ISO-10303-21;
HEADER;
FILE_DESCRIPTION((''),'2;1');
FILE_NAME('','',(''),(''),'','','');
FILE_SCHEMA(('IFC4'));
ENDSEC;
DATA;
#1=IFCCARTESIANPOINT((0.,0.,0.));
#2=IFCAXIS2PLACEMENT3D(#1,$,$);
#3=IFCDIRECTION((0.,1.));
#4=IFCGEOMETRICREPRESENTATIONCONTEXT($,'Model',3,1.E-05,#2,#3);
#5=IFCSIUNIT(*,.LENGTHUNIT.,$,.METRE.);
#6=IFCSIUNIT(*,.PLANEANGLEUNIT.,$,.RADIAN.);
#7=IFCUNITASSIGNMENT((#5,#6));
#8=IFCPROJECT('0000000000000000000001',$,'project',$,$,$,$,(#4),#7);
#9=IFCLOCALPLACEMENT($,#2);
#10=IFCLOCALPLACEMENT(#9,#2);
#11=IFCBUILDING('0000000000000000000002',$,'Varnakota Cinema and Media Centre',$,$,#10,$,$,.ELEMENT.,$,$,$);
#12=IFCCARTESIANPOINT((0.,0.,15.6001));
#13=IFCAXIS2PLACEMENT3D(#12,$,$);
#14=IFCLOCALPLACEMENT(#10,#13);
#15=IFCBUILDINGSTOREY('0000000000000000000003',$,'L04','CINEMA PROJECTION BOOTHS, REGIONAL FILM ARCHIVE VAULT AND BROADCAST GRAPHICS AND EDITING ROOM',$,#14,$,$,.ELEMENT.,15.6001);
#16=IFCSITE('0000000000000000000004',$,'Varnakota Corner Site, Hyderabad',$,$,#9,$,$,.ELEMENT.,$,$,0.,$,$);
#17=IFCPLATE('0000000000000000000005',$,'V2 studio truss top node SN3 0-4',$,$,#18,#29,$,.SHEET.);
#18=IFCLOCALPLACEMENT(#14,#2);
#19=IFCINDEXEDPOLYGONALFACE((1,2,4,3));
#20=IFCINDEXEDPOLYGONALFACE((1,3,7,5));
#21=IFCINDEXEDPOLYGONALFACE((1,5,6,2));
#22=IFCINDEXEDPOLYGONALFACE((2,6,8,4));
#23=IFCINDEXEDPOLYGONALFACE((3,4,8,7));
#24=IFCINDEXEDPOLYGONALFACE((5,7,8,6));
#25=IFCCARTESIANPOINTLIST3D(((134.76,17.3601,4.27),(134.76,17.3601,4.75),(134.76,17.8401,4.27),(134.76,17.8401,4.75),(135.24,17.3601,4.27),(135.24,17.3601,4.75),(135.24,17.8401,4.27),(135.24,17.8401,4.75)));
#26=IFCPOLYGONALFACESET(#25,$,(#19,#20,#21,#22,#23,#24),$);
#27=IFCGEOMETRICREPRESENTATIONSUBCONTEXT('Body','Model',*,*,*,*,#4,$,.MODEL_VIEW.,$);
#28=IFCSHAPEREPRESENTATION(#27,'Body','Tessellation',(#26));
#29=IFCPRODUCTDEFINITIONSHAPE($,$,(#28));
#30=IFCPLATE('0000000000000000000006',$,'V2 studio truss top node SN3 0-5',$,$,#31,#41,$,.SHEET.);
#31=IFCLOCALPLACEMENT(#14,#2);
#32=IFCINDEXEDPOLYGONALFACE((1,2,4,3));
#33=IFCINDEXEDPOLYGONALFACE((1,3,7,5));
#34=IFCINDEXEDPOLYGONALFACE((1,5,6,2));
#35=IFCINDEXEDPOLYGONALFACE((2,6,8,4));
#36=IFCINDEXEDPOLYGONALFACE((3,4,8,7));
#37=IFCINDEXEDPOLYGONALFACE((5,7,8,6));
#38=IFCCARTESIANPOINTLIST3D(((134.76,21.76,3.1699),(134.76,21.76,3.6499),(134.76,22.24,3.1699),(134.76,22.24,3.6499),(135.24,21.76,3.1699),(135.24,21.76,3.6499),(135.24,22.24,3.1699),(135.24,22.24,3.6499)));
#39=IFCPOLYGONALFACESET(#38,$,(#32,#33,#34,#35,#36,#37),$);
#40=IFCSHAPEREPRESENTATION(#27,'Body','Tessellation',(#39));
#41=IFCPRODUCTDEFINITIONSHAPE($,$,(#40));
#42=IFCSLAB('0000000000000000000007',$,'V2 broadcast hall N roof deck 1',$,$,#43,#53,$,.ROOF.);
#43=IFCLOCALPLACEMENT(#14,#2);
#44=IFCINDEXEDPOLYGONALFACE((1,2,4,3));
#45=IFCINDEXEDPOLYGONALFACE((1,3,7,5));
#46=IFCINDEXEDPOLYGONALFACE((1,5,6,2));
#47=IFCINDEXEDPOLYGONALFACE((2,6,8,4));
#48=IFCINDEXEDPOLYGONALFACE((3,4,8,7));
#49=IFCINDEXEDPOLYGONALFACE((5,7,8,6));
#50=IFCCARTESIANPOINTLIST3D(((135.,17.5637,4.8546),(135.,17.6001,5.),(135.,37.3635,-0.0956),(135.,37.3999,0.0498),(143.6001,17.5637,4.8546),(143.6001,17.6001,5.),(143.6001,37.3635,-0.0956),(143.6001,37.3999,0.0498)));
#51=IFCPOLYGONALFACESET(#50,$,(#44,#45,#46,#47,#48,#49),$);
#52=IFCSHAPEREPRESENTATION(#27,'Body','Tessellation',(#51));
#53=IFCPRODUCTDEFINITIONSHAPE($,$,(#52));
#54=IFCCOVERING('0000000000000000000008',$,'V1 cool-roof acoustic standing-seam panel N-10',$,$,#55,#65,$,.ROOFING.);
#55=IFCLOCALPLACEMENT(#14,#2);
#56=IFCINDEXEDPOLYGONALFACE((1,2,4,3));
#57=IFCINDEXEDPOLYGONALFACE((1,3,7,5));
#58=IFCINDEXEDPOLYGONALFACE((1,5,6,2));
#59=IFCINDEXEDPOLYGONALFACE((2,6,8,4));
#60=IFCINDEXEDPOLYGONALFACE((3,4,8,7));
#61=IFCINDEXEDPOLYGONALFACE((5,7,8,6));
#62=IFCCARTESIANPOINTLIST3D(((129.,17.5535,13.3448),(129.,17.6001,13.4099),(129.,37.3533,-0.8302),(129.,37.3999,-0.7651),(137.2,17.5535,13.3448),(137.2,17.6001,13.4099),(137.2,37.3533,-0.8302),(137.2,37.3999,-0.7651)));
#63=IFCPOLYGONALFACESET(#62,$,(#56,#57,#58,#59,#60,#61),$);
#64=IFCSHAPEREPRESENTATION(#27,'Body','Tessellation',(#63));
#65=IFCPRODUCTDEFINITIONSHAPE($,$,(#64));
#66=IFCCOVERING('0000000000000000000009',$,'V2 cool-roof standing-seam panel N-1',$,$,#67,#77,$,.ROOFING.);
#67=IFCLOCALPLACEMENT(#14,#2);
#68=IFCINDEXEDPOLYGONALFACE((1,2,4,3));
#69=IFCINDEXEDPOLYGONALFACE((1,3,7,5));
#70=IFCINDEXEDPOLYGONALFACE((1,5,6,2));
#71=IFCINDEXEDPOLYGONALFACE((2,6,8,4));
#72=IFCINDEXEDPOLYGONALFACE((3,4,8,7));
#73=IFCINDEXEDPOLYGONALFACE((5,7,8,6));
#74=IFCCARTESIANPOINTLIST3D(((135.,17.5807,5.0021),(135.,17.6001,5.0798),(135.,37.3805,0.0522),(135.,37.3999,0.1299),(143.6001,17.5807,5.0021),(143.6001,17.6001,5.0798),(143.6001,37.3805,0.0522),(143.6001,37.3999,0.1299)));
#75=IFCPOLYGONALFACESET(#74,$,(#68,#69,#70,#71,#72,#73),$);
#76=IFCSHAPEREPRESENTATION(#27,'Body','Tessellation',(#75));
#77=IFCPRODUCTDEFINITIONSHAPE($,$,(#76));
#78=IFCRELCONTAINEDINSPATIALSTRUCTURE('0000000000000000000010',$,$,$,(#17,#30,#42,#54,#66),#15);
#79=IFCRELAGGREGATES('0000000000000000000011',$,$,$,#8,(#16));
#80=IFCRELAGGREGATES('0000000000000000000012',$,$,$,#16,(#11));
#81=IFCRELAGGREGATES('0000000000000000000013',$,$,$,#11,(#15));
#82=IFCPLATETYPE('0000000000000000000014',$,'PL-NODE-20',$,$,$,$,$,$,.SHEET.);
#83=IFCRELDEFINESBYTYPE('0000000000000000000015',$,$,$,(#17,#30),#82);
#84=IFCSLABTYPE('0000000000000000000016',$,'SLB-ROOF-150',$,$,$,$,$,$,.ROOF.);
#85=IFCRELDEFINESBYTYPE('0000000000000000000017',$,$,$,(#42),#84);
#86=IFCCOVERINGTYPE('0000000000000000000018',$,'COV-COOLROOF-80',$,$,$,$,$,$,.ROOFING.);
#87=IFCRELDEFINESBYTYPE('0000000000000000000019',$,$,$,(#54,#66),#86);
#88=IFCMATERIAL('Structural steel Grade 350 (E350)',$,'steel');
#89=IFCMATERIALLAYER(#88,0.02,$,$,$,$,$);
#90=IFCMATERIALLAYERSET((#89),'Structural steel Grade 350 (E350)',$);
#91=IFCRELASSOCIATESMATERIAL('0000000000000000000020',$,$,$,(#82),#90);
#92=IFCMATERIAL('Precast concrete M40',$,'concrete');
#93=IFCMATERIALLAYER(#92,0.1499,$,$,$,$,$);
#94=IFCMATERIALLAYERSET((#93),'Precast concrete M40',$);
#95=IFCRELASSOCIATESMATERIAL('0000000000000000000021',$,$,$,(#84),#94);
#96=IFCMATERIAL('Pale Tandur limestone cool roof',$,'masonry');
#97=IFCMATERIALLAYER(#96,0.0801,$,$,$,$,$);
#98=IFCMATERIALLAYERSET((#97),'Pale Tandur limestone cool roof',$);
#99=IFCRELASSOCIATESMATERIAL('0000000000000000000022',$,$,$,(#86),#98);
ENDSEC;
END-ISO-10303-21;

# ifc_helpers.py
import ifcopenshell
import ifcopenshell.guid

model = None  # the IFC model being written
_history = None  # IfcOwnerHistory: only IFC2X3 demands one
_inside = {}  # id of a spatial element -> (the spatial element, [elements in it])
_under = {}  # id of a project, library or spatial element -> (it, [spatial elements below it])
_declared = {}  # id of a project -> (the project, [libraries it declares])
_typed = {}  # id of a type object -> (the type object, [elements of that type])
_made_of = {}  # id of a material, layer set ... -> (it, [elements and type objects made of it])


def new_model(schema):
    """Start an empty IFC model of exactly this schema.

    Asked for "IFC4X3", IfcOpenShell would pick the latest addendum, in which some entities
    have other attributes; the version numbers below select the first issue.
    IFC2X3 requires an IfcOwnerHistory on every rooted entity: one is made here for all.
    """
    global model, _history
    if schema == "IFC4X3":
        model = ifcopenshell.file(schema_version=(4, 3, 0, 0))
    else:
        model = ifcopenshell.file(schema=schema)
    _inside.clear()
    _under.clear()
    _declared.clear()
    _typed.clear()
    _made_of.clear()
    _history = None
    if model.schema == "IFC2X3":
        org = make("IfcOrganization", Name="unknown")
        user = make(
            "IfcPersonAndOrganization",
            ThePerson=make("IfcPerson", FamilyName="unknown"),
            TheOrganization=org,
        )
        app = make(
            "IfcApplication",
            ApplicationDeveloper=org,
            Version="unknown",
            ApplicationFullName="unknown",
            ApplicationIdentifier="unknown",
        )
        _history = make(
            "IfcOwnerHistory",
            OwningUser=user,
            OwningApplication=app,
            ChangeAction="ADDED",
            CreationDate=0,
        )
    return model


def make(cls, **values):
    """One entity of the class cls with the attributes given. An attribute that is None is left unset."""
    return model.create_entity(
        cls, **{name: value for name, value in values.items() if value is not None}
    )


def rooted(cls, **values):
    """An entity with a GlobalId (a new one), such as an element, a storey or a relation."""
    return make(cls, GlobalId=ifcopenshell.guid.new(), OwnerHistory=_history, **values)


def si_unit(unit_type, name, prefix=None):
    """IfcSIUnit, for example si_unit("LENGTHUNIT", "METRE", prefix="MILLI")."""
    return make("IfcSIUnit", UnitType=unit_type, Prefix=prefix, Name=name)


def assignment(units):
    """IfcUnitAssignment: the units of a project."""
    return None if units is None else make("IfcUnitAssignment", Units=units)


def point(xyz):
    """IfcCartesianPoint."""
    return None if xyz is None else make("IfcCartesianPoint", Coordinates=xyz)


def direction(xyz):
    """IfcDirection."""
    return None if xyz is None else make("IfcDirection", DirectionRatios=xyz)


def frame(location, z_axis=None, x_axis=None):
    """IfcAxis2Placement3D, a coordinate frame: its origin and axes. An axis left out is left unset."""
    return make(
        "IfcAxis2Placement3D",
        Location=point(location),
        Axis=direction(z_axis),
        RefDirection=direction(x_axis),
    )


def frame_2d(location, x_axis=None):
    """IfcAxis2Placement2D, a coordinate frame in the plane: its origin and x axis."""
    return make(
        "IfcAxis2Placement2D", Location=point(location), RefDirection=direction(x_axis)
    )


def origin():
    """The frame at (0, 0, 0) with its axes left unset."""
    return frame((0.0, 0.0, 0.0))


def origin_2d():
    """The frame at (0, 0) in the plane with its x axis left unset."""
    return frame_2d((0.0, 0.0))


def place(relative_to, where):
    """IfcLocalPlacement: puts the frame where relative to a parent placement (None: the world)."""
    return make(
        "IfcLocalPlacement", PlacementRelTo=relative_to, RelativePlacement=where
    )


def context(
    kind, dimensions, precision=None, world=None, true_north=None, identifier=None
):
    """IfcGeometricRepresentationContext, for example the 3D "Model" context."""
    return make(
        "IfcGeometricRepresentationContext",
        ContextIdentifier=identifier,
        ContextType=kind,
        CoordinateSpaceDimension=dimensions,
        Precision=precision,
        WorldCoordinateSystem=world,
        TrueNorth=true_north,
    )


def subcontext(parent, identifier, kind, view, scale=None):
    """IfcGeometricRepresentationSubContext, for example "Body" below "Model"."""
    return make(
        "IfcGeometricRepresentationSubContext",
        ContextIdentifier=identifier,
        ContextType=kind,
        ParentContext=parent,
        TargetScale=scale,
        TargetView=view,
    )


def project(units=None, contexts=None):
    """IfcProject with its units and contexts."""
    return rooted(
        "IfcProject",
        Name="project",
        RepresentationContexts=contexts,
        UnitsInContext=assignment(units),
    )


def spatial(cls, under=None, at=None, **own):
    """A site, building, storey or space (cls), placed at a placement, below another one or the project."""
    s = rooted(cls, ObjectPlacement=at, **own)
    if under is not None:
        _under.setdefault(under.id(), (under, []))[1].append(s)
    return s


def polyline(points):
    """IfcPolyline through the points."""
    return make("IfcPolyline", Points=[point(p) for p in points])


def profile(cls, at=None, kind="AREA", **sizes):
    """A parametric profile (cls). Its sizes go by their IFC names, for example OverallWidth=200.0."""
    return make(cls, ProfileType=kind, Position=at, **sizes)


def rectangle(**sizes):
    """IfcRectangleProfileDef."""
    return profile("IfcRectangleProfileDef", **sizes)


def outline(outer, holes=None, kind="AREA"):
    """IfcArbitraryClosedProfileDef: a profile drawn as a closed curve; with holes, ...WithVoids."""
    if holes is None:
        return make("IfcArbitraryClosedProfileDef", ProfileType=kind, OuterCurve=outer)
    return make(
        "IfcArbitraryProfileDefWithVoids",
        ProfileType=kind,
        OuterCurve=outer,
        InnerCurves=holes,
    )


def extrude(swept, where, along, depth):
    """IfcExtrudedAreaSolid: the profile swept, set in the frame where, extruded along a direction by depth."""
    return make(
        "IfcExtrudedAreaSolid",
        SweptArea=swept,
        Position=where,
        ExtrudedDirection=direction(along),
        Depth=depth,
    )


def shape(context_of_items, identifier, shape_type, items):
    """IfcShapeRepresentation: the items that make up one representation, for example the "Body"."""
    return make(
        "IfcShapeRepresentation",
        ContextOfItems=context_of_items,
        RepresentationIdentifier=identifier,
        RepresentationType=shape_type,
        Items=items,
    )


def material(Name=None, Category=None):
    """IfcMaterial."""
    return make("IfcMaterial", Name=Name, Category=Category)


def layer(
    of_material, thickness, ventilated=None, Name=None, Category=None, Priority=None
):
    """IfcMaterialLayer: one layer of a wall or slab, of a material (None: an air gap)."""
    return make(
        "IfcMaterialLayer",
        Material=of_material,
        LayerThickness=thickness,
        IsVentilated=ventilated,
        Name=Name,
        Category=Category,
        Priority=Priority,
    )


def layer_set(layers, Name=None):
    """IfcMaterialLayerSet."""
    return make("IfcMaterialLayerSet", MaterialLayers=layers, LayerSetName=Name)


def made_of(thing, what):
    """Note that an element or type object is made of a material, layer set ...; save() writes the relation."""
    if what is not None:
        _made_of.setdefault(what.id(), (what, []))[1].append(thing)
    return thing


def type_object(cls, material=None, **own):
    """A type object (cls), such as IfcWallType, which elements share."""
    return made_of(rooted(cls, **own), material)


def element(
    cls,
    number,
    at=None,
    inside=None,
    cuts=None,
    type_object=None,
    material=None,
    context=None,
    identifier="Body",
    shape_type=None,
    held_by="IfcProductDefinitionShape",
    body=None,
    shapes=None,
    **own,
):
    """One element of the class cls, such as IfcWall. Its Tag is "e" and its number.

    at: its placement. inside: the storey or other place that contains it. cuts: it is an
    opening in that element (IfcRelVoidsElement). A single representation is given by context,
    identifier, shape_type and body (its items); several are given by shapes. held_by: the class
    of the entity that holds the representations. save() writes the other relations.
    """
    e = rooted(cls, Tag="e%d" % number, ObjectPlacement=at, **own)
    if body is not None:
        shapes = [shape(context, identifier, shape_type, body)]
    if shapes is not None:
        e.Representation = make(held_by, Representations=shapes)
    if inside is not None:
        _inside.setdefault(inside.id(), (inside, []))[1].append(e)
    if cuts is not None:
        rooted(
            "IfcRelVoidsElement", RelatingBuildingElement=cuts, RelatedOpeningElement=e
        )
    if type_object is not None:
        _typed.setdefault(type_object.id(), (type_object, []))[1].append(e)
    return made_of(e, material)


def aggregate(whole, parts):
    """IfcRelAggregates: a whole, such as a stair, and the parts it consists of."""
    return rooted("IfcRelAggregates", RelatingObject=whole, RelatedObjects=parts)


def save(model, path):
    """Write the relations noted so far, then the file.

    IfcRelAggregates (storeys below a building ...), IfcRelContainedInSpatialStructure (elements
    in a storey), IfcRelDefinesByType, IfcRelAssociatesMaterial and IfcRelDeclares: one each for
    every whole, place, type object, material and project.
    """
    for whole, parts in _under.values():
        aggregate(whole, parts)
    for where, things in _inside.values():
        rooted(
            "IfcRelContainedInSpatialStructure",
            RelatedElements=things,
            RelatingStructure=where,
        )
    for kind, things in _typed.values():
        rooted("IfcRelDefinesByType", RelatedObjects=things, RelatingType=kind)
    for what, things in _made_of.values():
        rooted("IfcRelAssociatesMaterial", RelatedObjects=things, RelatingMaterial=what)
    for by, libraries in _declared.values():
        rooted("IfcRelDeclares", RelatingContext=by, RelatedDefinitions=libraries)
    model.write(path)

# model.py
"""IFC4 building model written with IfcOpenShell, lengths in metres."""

from ifc_helpers import new_model, si_unit, direction, frame, origin, origin_2d, place, context, subcontext, project, spatial, polyline, rectangle, outline, extrude, material, layer, layer_set, type_object, element, save


model = new_model("IFC4")

# Units and contexts
model_context = context("Model", 3, precision=1e-05, world=origin(), true_north=direction((0.0, 1.0)))
body_context = subcontext(model_context, "Body", "Model", "MODEL_VIEW")
ifc_project = project(units=[si_unit("LENGTHUNIT", "METRE"), si_unit("PLANEANGLEUNIT", "RADIAN")], contexts=[model_context])

# Site, building, storey
site_placement = place(None, origin())
site = spatial("IfcSite", under=ifc_project, at=site_placement, Name="Varnakota Corner Site, Hyderabad", CompositionType="ELEMENT", RefElevation=0.0)
building_placement = place(site_placement, origin())
building = spatial("IfcBuilding", under=site, at=building_placement, Name="Varnakota Cinema and Media Centre", CompositionType="ELEMENT")
storey_placement = place(building_placement, frame((0.0, 0.0, 15.6001)))
storey = spatial("IfcBuildingStorey", under=building, at=storey_placement, Name="L04", Description="CINEMA PROJECTION BOOTHS, REGIONAL FILM ARCHIVE VAULT AND BROADCAST GRAPHICS AND EDITING ROOM", CompositionType="ELEMENT", Elevation=15.6001)

# Plates
ifc_material_1 = material(Name="Structural steel Grade 350 (E350)", Category="steel")
ifc_layer_1 = layer(ifc_material_1, 0.02)
ifc_layer_set_1 = layer_set([ifc_layer_1], Name="Structural steel Grade 350 (E350)")
plate_type_1 = type_object("IfcPlateType", Name="PL-NODE-20", PredefinedType="SHEET", material=ifc_layer_set_1)
for number, where, z_axis, x_axis, name in (
    (1, (135.0, 17.6001, 4.27), (0.0, 0.0, 1.0), (1.0, 0.0, 0.0), "V2 studio truss top node SN3 0-4"),
    (2, (135.0, 22.0, 3.1699), (0.0, 0.0, 1.0), (1.0, 0.0, 0.0), "V2 studio truss top node SN3 0-5"),
):
    element("IfcPlate", number, at=place(storey_placement, frame(where, z_axis=z_axis, x_axis=x_axis)), inside=storey, type_object=plate_type_1, Name=name, PredefinedType="SHEET", context=body_context, shape_type="SweptSolid", body=[
        extrude(rectangle(XDim=0.48, YDim=0.48, at=origin_2d()), origin(), (0.0, 0.0, 1.0), 0.48),
    ])

# Slab
ifc_material_2 = material(Name="Precast concrete M40", Category="concrete")
ifc_layer_2 = layer(ifc_material_2, 0.1499)
ifc_layer_set_2 = layer_set([ifc_layer_2], Name="Precast concrete M40")
slab_type = type_object("IfcSlabType", Name="SLB-ROOF-150", PredefinedType="ROOF", material=ifc_layer_set_2)
slab_placement = place(storey_placement, frame((135.0, 17.6001, 5.0), z_axis=(0.0, 0.242547, 0.97014), x_axis=(1.0, 0.0, 0.0)))
element("IfcSlab", 3, at=slab_placement, inside=storey, type_object=slab_type, Name="V2 broadcast hall N roof deck 1", PredefinedType="ROOF", context=body_context, shape_type="SweptSolid", body=[
    extrude(outline(polyline([(0.0, 0.0), (8.6001, 0.0), (8.6001, 20.4092), (0.0, 20.4092), (0.0, 0.0)])), origin(), (0.0, 0.0, -1.0), 0.1499),
])

# Coverings
ifc_material_3 = material(Name="Pale Tandur limestone cool roof", Category="masonry")
ifc_layer_3 = layer(ifc_material_3, 0.0801)
ifc_layer_set_3 = layer_set([ifc_layer_3], Name="Pale Tandur limestone cool roof")
covering_type = type_object("IfcCoveringType", Name="COV-COOLROOF-80", PredefinedType="ROOFING", material=ifc_layer_set_3)
covering_1_placement = place(storey_placement, frame((129.0, 17.6001, 13.4099), z_axis=(0.0, 0.582117, 0.813105), x_axis=(1.0, 0.0, 0.0)))
element("IfcCovering", 4, at=covering_1_placement, inside=storey, type_object=covering_type, Name="V1 cool-roof acoustic standing-seam panel N-10", PredefinedType="ROOFING", context=body_context, shape_type="SweptSolid", body=[
    extrude(outline(polyline([(0.0, 0.0), (8.2, 0.0), (8.2, 24.3509), (0.0, 24.3509), (0.0, 0.0)])), origin(), (0.0, 0.0, -1.0), 0.0801),
])
covering_2_placement = place(storey_placement, frame((135.0, 17.6001, 5.0798), z_axis=(0.0, 0.242536, 0.970143), x_axis=(1.0, 0.0, 0.0)))
element("IfcCovering", 5, at=covering_2_placement, inside=storey, type_object=covering_type, Name="V2 cool-roof standing-seam panel N-1", PredefinedType="ROOFING", context=body_context, shape_type="SweptSolid", body=[
    extrude(outline(polyline([(0.0, 0.0), (8.6001, 0.0), (8.6001, 20.4092), (0.0, 20.4092), (0.0, 0.0)])), origin(), (0.0, 0.0, -1.0), 0.0801),
])

save(model, "model.ifc")
